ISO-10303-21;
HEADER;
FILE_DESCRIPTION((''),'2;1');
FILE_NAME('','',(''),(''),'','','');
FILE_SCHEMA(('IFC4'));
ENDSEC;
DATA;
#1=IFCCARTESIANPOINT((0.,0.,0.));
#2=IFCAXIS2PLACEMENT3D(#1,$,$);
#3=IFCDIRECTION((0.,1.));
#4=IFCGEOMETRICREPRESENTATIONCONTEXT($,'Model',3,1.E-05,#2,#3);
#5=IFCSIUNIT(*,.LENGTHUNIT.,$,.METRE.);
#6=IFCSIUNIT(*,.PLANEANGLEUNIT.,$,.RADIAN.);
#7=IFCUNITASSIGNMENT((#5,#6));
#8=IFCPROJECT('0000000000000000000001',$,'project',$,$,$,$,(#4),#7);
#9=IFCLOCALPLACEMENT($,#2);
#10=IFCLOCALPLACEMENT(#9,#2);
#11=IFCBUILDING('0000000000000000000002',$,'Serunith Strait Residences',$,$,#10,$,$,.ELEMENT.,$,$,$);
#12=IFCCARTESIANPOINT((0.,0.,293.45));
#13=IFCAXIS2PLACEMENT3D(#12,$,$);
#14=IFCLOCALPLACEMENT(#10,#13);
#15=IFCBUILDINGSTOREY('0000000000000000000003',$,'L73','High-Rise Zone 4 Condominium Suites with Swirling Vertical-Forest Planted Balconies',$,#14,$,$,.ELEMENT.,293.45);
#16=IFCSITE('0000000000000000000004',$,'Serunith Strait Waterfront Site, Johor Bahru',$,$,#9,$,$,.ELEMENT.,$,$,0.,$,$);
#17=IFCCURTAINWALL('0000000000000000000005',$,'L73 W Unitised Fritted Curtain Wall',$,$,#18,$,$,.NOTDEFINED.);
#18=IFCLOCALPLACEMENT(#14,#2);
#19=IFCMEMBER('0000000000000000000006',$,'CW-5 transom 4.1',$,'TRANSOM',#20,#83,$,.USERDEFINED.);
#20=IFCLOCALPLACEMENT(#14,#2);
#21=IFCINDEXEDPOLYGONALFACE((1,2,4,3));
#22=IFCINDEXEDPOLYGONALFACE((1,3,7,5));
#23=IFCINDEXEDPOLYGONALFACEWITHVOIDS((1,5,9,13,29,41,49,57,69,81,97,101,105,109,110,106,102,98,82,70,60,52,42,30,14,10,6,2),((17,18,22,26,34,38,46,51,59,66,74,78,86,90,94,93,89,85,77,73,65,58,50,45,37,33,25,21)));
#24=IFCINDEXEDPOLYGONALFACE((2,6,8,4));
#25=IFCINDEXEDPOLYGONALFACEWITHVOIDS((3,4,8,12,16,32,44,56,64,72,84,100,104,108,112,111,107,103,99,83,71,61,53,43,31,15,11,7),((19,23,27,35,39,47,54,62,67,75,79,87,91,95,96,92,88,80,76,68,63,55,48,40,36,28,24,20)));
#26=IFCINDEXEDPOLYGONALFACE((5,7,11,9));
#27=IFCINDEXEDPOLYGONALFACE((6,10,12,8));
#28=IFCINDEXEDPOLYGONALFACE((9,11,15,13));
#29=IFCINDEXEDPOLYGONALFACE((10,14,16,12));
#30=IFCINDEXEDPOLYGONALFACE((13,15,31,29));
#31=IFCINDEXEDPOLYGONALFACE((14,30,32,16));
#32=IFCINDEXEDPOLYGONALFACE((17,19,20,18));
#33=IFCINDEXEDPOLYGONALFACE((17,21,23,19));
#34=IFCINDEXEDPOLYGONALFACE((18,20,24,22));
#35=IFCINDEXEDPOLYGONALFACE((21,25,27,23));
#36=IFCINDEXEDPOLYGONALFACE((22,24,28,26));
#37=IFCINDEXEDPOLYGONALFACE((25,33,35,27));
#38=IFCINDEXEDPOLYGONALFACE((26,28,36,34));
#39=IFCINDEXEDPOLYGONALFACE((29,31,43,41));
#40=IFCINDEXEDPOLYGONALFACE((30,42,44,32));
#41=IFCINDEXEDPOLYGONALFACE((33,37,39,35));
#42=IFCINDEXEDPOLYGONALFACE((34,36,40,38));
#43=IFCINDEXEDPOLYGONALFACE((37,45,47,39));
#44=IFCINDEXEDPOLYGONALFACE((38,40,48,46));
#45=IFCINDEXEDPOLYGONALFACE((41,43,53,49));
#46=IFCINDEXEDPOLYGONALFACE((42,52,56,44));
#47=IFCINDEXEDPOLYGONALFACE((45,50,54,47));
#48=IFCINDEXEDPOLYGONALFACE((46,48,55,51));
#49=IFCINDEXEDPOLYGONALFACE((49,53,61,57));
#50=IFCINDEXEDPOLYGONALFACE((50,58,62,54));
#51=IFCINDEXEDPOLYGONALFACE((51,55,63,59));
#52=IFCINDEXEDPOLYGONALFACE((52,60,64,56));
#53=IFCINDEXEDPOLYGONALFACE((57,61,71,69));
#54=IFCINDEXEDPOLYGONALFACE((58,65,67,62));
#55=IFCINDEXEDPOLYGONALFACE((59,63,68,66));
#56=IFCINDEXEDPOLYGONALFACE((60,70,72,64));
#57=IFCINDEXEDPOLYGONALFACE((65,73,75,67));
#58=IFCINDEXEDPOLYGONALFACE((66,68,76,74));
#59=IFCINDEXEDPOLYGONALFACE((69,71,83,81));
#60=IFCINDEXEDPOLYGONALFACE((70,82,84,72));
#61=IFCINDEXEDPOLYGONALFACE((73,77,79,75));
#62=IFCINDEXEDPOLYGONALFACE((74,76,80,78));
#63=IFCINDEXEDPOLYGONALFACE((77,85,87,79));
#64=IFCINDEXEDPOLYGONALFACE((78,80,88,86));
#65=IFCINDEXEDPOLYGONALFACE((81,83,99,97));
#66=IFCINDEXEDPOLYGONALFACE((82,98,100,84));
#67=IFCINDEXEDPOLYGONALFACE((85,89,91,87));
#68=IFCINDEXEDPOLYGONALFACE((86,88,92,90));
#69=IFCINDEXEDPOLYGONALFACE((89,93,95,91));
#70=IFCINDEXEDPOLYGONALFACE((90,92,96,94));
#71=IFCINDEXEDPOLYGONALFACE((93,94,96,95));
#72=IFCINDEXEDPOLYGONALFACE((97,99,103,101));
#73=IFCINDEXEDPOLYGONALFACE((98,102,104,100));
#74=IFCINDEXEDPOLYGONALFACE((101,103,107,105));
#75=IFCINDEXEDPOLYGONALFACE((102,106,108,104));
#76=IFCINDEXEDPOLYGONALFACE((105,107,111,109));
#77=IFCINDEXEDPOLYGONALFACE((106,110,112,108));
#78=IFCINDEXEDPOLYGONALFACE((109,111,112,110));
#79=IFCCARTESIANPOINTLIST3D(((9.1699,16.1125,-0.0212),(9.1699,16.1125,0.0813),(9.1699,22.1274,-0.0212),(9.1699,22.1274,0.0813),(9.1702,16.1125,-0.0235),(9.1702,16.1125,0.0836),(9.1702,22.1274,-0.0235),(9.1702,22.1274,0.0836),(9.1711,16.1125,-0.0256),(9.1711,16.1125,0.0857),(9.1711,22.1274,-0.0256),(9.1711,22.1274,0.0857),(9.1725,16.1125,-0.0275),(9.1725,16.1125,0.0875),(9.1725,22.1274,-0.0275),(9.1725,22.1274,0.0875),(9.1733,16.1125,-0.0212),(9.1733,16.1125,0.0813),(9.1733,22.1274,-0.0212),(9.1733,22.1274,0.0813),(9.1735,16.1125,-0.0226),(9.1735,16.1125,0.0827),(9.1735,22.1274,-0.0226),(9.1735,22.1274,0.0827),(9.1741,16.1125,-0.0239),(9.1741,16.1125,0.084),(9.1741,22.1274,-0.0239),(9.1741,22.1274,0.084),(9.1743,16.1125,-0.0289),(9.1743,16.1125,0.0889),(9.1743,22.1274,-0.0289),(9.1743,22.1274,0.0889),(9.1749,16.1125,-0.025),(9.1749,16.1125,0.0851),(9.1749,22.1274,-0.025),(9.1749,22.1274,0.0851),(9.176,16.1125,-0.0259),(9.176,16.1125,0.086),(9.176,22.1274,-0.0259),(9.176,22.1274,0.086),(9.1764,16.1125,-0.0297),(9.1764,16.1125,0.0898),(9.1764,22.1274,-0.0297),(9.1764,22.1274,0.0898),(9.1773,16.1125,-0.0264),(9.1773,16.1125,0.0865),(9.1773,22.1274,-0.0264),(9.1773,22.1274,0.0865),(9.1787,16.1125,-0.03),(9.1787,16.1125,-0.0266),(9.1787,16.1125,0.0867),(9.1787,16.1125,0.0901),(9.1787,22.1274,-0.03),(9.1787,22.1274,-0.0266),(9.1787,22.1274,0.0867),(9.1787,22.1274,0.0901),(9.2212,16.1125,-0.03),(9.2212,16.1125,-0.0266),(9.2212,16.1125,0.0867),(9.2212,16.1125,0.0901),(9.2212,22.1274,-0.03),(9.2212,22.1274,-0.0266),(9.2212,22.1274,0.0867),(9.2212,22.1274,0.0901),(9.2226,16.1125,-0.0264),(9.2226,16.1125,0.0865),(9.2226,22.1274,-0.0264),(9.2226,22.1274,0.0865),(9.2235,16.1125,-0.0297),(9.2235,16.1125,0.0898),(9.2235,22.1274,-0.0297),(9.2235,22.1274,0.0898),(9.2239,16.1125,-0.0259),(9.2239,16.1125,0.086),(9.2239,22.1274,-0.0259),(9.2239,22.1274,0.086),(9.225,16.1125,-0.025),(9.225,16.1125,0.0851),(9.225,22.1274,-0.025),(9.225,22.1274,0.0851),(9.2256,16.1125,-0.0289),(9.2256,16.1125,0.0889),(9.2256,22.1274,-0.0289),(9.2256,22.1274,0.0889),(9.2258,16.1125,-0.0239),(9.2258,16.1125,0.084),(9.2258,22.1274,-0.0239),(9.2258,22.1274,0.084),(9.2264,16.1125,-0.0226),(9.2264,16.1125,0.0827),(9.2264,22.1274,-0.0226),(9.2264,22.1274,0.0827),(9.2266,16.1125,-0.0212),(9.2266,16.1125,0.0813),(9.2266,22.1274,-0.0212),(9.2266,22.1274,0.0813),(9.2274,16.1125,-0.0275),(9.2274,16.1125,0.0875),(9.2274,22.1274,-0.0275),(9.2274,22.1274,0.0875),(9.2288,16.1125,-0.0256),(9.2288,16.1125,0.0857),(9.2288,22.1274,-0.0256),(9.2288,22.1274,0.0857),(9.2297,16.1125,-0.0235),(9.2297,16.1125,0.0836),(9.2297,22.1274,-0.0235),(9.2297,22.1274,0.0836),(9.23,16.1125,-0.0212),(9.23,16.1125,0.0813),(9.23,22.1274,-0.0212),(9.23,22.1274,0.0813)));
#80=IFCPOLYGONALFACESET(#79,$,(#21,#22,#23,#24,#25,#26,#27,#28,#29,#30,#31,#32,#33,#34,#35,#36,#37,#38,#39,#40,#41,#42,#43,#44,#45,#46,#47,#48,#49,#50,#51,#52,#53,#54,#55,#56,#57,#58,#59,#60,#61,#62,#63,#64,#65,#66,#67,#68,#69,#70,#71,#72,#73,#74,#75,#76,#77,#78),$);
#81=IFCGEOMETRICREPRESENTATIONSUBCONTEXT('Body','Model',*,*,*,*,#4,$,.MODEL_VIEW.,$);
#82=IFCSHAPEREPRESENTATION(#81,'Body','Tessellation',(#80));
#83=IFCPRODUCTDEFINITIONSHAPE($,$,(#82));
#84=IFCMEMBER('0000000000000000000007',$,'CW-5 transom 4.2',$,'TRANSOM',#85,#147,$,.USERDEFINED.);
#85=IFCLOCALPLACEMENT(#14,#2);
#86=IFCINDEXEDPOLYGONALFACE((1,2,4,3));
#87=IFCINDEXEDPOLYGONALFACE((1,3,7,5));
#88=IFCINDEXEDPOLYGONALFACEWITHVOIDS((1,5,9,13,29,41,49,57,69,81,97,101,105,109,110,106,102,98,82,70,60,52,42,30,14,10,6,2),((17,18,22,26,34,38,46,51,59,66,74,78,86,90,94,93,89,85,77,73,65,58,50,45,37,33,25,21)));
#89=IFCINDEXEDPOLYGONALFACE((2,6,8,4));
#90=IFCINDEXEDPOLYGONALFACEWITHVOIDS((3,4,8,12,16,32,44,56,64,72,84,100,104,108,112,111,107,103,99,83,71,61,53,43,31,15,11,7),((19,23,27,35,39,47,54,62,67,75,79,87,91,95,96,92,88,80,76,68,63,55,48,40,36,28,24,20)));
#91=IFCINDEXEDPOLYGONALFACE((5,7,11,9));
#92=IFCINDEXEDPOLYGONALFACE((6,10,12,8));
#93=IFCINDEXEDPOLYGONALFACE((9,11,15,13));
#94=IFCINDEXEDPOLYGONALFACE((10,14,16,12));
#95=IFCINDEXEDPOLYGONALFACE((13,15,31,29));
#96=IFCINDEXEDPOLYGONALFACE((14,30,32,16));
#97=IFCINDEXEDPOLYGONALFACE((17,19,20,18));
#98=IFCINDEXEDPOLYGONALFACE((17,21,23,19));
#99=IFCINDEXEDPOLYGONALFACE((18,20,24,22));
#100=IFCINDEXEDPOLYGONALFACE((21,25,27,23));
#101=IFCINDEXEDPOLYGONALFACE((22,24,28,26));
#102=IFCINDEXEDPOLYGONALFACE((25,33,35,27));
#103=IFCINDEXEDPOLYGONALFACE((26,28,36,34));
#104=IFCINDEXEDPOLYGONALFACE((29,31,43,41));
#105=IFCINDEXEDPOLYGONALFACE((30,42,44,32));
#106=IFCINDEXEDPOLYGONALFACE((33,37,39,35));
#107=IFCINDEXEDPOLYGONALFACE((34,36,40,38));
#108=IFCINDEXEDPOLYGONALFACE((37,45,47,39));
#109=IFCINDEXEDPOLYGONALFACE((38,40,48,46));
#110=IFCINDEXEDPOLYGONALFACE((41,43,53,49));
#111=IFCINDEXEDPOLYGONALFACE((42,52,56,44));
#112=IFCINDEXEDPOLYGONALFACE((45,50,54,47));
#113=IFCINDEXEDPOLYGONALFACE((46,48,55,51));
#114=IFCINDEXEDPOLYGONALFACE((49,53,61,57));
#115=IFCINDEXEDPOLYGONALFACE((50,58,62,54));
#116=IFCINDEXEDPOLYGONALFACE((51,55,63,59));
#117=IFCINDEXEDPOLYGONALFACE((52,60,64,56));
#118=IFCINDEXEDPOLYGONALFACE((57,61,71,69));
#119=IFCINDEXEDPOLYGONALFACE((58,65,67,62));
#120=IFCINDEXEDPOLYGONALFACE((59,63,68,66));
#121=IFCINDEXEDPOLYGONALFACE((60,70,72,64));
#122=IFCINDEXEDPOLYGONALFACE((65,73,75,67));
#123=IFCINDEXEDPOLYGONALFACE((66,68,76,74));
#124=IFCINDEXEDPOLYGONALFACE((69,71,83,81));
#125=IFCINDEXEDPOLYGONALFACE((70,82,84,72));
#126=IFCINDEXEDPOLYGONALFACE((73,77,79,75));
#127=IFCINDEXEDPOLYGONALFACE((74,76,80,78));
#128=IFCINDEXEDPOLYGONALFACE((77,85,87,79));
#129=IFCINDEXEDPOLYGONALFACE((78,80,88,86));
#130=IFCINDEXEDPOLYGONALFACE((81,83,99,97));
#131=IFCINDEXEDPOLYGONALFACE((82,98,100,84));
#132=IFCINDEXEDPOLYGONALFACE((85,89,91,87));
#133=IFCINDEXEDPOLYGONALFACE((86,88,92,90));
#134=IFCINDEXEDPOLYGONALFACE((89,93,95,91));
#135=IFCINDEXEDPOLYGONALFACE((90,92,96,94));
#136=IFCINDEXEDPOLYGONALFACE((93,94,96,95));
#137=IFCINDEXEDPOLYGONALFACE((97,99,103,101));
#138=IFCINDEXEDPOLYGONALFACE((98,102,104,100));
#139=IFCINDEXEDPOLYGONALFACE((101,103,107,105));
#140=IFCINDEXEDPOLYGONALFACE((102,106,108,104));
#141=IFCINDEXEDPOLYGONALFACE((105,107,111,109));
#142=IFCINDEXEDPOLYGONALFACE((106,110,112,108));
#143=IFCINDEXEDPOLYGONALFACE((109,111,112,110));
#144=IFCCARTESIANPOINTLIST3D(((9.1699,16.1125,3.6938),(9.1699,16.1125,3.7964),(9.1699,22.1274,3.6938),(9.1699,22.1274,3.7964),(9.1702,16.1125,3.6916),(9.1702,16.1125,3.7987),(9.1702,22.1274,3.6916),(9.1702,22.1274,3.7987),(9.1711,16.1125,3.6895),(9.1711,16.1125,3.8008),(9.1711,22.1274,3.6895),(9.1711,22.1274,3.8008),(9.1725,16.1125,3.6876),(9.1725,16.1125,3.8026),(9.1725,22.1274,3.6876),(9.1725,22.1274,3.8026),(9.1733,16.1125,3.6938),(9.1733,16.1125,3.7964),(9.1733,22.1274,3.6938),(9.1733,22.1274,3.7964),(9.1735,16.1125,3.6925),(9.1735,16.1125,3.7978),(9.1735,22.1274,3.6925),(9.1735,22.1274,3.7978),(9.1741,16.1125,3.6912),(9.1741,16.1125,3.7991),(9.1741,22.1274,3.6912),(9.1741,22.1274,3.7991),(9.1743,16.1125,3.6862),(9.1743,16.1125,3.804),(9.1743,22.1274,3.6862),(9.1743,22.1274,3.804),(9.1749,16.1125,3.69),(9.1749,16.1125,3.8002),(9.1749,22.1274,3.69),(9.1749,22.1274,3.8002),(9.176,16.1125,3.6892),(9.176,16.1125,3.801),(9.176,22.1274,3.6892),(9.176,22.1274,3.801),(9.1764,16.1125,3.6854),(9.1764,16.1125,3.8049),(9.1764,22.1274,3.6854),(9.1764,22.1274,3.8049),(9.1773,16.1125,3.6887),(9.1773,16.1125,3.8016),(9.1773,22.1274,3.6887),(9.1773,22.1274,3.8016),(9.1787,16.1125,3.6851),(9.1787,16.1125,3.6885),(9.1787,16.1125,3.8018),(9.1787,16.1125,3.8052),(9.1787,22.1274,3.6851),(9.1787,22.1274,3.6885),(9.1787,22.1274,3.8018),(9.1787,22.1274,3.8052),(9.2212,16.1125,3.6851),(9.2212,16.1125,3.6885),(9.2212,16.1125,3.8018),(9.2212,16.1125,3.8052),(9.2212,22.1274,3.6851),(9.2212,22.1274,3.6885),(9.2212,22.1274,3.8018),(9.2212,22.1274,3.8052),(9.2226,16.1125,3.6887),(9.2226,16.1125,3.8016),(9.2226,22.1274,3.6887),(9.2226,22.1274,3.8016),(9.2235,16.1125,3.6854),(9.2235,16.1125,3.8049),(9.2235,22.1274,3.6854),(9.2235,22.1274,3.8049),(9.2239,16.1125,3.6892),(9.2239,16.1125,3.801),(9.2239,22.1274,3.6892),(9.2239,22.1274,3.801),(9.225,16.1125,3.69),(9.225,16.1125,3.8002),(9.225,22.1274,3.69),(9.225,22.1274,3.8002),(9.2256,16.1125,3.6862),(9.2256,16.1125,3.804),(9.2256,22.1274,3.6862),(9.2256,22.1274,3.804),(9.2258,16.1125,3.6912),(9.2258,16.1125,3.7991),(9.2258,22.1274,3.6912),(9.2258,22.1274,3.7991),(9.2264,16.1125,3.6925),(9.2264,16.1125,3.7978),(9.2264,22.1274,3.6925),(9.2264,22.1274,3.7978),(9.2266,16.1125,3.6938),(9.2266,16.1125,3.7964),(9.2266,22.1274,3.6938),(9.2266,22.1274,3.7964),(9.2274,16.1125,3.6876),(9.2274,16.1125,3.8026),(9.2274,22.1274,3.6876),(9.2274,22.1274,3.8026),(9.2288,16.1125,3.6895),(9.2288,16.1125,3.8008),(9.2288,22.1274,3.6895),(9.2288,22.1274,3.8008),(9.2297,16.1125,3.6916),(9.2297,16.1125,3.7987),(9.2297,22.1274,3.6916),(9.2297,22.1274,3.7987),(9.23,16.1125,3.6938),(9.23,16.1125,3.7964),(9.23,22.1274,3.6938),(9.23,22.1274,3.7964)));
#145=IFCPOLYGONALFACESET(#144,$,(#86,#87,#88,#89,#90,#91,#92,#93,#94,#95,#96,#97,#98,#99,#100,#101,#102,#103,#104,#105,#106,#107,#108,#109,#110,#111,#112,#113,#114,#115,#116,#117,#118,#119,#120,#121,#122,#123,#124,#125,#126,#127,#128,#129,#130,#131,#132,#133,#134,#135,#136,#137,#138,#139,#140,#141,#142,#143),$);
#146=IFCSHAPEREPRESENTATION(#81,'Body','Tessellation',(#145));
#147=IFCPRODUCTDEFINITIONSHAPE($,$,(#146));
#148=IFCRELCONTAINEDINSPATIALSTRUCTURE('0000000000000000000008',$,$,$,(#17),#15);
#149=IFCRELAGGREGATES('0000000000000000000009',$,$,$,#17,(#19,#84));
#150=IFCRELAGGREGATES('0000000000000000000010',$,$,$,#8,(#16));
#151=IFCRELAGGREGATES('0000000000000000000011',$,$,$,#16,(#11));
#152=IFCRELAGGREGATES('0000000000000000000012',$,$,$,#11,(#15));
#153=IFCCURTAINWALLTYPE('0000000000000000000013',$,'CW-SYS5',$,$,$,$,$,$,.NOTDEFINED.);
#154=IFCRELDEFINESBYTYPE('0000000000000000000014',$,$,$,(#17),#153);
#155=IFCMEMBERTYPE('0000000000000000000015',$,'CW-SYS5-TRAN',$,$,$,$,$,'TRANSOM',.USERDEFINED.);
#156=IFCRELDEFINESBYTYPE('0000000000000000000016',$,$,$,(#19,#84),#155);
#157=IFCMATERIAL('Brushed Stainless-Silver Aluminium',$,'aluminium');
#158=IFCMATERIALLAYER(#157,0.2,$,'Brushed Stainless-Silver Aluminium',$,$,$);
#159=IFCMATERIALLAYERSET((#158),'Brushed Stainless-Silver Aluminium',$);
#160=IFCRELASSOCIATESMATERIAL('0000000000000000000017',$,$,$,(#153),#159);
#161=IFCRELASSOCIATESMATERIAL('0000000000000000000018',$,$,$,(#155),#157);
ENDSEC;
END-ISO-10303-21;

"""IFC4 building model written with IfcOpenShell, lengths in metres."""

from ifc_helpers import new_model, si_unit, direction, frame, origin, origin_2d, place, context, subcontext, project, spatial, hollow_rectangle, extrude, source, transform, mapped, material, layer, layer_set, material_profile, profile_set, type_object, element, aggregate, save


model = new_model("IFC4")

# Units and contexts
model_context = context("Model", 3, precision=1e-05, world=origin(), true_north=direction((0.0, 1.0)))
body_context = subcontext(model_context, "Body", "Model", "MODEL_VIEW")
ifc_project = project(units=[si_unit("LENGTHUNIT", "METRE"), si_unit("PLANEANGLEUNIT", "RADIAN")], contexts=[model_context])

# Site, building, storey
site_placement = place(None, origin())
site = spatial("IfcSite", under=ifc_project, at=site_placement, Name="Serunith Strait Waterfront Site, Johor Bahru", CompositionType="ELEMENT", RefElevation=0.0)
building_placement = place(site_placement, origin())
building = spatial("IfcBuilding", under=site, at=building_placement, Name="Serunith Strait Residences", CompositionType="ELEMENT")
storey_placement = place(building_placement, frame((0.0, 0.0, 293.45)))
storey = spatial("IfcBuildingStorey", under=building, at=storey_placement, Name="L73", Description="High-Rise Zone 4 Condominium Suites with Swirling Vertical-Forest Planted Balconies", CompositionType="ELEMENT", Elevation=293.45)

# Curtain wall, members
ifc_material_1 = material(Name="Brushed Stainless-Silver Aluminium", Category="aluminium")
ifc_layer_1 = layer(ifc_material_1, 0.2, Name="Brushed Stainless-Silver Aluminium")
ifc_layer_set_1 = layer_set([ifc_layer_1], Name="Brushed Stainless-Silver Aluminium")
curtain_wall_type = type_object("IfcCurtainWallType", Name="CW-SYS5", PredefinedType="NOTDEFINED", material=ifc_layer_set_1)
curtain_wall_placement = place(storey_placement, origin())
curtain_wall = element("IfcCurtainWall", 1, at=curtain_wall_placement, inside=storey, type_object=curtain_wall_type, Name="L73 W Unitised Fritted Curtain Wall", PredefinedType="NOTDEFINED")
ifc_material_profile_1 = material_profile(ifc_material_1, hollow_rectangle(XDim=0.0601, YDim=0.1201, WallThickness=0.0034, InnerFilletRadius=0.0054, OuterFilletRadius=0.0088, at=origin_2d()), Name="ALU 120x60x3.5")
ifc_profile_set_1 = profile_set([ifc_material_profile_1], Name="Brushed Stainless-Silver Aluminium")
member_type_1 = type_object("IfcMemberType", Name="CW-SYS5-TRAN", ElementType="TRANSOM", PredefinedType="USERDEFINED", material=ifc_profile_set_1)
shared_shape_1 = source(origin(), body_context, "Body", "SweptSolid", [
    extrude(hollow_rectangle(XDim=0.0601, YDim=0.1201, WallThickness=0.0034, InnerFilletRadius=0.0054, OuterFilletRadius=0.0088, at=origin_2d()), origin(), (0.0, 0.0, 1.0), 6.0149),
])
member_1_placement = place(storey_placement, frame((9.2, 22.1274, 0.03), z_axis=(0.0, -1.0, 0.0), x_axis=(1.0, 0.0, 0.0)))
member_1 = element("IfcMember", 2, at=member_1_placement, type_object=member_type_1, Name="CW-5 transom 4.1", ObjectType="TRANSOM", PredefinedType="USERDEFINED", context=body_context, shape_type="MappedRepresentation", body=[
    mapped(shared_shape_1, transform((0.0, 0.0, 0.0), scale=1.0)),
])
member_2_placement = place(storey_placement, frame((9.2, 22.1274, 3.7451), z_axis=(0.0, -1.0, 0.0), x_axis=(1.0, 0.0, 0.0)))
member_2 = element("IfcMember", 3, at=member_2_placement, type_object=member_type_1, Name="CW-5 transom 4.2", ObjectType="TRANSOM", PredefinedType="USERDEFINED", context=body_context, shape_type="MappedRepresentation", body=[
    mapped(shared_shape_1, transform((0.0, 0.0, 0.0), scale=1.0)),
])
aggregate(curtain_wall, [member_1, member_2])

save(model, "model.ifc")
